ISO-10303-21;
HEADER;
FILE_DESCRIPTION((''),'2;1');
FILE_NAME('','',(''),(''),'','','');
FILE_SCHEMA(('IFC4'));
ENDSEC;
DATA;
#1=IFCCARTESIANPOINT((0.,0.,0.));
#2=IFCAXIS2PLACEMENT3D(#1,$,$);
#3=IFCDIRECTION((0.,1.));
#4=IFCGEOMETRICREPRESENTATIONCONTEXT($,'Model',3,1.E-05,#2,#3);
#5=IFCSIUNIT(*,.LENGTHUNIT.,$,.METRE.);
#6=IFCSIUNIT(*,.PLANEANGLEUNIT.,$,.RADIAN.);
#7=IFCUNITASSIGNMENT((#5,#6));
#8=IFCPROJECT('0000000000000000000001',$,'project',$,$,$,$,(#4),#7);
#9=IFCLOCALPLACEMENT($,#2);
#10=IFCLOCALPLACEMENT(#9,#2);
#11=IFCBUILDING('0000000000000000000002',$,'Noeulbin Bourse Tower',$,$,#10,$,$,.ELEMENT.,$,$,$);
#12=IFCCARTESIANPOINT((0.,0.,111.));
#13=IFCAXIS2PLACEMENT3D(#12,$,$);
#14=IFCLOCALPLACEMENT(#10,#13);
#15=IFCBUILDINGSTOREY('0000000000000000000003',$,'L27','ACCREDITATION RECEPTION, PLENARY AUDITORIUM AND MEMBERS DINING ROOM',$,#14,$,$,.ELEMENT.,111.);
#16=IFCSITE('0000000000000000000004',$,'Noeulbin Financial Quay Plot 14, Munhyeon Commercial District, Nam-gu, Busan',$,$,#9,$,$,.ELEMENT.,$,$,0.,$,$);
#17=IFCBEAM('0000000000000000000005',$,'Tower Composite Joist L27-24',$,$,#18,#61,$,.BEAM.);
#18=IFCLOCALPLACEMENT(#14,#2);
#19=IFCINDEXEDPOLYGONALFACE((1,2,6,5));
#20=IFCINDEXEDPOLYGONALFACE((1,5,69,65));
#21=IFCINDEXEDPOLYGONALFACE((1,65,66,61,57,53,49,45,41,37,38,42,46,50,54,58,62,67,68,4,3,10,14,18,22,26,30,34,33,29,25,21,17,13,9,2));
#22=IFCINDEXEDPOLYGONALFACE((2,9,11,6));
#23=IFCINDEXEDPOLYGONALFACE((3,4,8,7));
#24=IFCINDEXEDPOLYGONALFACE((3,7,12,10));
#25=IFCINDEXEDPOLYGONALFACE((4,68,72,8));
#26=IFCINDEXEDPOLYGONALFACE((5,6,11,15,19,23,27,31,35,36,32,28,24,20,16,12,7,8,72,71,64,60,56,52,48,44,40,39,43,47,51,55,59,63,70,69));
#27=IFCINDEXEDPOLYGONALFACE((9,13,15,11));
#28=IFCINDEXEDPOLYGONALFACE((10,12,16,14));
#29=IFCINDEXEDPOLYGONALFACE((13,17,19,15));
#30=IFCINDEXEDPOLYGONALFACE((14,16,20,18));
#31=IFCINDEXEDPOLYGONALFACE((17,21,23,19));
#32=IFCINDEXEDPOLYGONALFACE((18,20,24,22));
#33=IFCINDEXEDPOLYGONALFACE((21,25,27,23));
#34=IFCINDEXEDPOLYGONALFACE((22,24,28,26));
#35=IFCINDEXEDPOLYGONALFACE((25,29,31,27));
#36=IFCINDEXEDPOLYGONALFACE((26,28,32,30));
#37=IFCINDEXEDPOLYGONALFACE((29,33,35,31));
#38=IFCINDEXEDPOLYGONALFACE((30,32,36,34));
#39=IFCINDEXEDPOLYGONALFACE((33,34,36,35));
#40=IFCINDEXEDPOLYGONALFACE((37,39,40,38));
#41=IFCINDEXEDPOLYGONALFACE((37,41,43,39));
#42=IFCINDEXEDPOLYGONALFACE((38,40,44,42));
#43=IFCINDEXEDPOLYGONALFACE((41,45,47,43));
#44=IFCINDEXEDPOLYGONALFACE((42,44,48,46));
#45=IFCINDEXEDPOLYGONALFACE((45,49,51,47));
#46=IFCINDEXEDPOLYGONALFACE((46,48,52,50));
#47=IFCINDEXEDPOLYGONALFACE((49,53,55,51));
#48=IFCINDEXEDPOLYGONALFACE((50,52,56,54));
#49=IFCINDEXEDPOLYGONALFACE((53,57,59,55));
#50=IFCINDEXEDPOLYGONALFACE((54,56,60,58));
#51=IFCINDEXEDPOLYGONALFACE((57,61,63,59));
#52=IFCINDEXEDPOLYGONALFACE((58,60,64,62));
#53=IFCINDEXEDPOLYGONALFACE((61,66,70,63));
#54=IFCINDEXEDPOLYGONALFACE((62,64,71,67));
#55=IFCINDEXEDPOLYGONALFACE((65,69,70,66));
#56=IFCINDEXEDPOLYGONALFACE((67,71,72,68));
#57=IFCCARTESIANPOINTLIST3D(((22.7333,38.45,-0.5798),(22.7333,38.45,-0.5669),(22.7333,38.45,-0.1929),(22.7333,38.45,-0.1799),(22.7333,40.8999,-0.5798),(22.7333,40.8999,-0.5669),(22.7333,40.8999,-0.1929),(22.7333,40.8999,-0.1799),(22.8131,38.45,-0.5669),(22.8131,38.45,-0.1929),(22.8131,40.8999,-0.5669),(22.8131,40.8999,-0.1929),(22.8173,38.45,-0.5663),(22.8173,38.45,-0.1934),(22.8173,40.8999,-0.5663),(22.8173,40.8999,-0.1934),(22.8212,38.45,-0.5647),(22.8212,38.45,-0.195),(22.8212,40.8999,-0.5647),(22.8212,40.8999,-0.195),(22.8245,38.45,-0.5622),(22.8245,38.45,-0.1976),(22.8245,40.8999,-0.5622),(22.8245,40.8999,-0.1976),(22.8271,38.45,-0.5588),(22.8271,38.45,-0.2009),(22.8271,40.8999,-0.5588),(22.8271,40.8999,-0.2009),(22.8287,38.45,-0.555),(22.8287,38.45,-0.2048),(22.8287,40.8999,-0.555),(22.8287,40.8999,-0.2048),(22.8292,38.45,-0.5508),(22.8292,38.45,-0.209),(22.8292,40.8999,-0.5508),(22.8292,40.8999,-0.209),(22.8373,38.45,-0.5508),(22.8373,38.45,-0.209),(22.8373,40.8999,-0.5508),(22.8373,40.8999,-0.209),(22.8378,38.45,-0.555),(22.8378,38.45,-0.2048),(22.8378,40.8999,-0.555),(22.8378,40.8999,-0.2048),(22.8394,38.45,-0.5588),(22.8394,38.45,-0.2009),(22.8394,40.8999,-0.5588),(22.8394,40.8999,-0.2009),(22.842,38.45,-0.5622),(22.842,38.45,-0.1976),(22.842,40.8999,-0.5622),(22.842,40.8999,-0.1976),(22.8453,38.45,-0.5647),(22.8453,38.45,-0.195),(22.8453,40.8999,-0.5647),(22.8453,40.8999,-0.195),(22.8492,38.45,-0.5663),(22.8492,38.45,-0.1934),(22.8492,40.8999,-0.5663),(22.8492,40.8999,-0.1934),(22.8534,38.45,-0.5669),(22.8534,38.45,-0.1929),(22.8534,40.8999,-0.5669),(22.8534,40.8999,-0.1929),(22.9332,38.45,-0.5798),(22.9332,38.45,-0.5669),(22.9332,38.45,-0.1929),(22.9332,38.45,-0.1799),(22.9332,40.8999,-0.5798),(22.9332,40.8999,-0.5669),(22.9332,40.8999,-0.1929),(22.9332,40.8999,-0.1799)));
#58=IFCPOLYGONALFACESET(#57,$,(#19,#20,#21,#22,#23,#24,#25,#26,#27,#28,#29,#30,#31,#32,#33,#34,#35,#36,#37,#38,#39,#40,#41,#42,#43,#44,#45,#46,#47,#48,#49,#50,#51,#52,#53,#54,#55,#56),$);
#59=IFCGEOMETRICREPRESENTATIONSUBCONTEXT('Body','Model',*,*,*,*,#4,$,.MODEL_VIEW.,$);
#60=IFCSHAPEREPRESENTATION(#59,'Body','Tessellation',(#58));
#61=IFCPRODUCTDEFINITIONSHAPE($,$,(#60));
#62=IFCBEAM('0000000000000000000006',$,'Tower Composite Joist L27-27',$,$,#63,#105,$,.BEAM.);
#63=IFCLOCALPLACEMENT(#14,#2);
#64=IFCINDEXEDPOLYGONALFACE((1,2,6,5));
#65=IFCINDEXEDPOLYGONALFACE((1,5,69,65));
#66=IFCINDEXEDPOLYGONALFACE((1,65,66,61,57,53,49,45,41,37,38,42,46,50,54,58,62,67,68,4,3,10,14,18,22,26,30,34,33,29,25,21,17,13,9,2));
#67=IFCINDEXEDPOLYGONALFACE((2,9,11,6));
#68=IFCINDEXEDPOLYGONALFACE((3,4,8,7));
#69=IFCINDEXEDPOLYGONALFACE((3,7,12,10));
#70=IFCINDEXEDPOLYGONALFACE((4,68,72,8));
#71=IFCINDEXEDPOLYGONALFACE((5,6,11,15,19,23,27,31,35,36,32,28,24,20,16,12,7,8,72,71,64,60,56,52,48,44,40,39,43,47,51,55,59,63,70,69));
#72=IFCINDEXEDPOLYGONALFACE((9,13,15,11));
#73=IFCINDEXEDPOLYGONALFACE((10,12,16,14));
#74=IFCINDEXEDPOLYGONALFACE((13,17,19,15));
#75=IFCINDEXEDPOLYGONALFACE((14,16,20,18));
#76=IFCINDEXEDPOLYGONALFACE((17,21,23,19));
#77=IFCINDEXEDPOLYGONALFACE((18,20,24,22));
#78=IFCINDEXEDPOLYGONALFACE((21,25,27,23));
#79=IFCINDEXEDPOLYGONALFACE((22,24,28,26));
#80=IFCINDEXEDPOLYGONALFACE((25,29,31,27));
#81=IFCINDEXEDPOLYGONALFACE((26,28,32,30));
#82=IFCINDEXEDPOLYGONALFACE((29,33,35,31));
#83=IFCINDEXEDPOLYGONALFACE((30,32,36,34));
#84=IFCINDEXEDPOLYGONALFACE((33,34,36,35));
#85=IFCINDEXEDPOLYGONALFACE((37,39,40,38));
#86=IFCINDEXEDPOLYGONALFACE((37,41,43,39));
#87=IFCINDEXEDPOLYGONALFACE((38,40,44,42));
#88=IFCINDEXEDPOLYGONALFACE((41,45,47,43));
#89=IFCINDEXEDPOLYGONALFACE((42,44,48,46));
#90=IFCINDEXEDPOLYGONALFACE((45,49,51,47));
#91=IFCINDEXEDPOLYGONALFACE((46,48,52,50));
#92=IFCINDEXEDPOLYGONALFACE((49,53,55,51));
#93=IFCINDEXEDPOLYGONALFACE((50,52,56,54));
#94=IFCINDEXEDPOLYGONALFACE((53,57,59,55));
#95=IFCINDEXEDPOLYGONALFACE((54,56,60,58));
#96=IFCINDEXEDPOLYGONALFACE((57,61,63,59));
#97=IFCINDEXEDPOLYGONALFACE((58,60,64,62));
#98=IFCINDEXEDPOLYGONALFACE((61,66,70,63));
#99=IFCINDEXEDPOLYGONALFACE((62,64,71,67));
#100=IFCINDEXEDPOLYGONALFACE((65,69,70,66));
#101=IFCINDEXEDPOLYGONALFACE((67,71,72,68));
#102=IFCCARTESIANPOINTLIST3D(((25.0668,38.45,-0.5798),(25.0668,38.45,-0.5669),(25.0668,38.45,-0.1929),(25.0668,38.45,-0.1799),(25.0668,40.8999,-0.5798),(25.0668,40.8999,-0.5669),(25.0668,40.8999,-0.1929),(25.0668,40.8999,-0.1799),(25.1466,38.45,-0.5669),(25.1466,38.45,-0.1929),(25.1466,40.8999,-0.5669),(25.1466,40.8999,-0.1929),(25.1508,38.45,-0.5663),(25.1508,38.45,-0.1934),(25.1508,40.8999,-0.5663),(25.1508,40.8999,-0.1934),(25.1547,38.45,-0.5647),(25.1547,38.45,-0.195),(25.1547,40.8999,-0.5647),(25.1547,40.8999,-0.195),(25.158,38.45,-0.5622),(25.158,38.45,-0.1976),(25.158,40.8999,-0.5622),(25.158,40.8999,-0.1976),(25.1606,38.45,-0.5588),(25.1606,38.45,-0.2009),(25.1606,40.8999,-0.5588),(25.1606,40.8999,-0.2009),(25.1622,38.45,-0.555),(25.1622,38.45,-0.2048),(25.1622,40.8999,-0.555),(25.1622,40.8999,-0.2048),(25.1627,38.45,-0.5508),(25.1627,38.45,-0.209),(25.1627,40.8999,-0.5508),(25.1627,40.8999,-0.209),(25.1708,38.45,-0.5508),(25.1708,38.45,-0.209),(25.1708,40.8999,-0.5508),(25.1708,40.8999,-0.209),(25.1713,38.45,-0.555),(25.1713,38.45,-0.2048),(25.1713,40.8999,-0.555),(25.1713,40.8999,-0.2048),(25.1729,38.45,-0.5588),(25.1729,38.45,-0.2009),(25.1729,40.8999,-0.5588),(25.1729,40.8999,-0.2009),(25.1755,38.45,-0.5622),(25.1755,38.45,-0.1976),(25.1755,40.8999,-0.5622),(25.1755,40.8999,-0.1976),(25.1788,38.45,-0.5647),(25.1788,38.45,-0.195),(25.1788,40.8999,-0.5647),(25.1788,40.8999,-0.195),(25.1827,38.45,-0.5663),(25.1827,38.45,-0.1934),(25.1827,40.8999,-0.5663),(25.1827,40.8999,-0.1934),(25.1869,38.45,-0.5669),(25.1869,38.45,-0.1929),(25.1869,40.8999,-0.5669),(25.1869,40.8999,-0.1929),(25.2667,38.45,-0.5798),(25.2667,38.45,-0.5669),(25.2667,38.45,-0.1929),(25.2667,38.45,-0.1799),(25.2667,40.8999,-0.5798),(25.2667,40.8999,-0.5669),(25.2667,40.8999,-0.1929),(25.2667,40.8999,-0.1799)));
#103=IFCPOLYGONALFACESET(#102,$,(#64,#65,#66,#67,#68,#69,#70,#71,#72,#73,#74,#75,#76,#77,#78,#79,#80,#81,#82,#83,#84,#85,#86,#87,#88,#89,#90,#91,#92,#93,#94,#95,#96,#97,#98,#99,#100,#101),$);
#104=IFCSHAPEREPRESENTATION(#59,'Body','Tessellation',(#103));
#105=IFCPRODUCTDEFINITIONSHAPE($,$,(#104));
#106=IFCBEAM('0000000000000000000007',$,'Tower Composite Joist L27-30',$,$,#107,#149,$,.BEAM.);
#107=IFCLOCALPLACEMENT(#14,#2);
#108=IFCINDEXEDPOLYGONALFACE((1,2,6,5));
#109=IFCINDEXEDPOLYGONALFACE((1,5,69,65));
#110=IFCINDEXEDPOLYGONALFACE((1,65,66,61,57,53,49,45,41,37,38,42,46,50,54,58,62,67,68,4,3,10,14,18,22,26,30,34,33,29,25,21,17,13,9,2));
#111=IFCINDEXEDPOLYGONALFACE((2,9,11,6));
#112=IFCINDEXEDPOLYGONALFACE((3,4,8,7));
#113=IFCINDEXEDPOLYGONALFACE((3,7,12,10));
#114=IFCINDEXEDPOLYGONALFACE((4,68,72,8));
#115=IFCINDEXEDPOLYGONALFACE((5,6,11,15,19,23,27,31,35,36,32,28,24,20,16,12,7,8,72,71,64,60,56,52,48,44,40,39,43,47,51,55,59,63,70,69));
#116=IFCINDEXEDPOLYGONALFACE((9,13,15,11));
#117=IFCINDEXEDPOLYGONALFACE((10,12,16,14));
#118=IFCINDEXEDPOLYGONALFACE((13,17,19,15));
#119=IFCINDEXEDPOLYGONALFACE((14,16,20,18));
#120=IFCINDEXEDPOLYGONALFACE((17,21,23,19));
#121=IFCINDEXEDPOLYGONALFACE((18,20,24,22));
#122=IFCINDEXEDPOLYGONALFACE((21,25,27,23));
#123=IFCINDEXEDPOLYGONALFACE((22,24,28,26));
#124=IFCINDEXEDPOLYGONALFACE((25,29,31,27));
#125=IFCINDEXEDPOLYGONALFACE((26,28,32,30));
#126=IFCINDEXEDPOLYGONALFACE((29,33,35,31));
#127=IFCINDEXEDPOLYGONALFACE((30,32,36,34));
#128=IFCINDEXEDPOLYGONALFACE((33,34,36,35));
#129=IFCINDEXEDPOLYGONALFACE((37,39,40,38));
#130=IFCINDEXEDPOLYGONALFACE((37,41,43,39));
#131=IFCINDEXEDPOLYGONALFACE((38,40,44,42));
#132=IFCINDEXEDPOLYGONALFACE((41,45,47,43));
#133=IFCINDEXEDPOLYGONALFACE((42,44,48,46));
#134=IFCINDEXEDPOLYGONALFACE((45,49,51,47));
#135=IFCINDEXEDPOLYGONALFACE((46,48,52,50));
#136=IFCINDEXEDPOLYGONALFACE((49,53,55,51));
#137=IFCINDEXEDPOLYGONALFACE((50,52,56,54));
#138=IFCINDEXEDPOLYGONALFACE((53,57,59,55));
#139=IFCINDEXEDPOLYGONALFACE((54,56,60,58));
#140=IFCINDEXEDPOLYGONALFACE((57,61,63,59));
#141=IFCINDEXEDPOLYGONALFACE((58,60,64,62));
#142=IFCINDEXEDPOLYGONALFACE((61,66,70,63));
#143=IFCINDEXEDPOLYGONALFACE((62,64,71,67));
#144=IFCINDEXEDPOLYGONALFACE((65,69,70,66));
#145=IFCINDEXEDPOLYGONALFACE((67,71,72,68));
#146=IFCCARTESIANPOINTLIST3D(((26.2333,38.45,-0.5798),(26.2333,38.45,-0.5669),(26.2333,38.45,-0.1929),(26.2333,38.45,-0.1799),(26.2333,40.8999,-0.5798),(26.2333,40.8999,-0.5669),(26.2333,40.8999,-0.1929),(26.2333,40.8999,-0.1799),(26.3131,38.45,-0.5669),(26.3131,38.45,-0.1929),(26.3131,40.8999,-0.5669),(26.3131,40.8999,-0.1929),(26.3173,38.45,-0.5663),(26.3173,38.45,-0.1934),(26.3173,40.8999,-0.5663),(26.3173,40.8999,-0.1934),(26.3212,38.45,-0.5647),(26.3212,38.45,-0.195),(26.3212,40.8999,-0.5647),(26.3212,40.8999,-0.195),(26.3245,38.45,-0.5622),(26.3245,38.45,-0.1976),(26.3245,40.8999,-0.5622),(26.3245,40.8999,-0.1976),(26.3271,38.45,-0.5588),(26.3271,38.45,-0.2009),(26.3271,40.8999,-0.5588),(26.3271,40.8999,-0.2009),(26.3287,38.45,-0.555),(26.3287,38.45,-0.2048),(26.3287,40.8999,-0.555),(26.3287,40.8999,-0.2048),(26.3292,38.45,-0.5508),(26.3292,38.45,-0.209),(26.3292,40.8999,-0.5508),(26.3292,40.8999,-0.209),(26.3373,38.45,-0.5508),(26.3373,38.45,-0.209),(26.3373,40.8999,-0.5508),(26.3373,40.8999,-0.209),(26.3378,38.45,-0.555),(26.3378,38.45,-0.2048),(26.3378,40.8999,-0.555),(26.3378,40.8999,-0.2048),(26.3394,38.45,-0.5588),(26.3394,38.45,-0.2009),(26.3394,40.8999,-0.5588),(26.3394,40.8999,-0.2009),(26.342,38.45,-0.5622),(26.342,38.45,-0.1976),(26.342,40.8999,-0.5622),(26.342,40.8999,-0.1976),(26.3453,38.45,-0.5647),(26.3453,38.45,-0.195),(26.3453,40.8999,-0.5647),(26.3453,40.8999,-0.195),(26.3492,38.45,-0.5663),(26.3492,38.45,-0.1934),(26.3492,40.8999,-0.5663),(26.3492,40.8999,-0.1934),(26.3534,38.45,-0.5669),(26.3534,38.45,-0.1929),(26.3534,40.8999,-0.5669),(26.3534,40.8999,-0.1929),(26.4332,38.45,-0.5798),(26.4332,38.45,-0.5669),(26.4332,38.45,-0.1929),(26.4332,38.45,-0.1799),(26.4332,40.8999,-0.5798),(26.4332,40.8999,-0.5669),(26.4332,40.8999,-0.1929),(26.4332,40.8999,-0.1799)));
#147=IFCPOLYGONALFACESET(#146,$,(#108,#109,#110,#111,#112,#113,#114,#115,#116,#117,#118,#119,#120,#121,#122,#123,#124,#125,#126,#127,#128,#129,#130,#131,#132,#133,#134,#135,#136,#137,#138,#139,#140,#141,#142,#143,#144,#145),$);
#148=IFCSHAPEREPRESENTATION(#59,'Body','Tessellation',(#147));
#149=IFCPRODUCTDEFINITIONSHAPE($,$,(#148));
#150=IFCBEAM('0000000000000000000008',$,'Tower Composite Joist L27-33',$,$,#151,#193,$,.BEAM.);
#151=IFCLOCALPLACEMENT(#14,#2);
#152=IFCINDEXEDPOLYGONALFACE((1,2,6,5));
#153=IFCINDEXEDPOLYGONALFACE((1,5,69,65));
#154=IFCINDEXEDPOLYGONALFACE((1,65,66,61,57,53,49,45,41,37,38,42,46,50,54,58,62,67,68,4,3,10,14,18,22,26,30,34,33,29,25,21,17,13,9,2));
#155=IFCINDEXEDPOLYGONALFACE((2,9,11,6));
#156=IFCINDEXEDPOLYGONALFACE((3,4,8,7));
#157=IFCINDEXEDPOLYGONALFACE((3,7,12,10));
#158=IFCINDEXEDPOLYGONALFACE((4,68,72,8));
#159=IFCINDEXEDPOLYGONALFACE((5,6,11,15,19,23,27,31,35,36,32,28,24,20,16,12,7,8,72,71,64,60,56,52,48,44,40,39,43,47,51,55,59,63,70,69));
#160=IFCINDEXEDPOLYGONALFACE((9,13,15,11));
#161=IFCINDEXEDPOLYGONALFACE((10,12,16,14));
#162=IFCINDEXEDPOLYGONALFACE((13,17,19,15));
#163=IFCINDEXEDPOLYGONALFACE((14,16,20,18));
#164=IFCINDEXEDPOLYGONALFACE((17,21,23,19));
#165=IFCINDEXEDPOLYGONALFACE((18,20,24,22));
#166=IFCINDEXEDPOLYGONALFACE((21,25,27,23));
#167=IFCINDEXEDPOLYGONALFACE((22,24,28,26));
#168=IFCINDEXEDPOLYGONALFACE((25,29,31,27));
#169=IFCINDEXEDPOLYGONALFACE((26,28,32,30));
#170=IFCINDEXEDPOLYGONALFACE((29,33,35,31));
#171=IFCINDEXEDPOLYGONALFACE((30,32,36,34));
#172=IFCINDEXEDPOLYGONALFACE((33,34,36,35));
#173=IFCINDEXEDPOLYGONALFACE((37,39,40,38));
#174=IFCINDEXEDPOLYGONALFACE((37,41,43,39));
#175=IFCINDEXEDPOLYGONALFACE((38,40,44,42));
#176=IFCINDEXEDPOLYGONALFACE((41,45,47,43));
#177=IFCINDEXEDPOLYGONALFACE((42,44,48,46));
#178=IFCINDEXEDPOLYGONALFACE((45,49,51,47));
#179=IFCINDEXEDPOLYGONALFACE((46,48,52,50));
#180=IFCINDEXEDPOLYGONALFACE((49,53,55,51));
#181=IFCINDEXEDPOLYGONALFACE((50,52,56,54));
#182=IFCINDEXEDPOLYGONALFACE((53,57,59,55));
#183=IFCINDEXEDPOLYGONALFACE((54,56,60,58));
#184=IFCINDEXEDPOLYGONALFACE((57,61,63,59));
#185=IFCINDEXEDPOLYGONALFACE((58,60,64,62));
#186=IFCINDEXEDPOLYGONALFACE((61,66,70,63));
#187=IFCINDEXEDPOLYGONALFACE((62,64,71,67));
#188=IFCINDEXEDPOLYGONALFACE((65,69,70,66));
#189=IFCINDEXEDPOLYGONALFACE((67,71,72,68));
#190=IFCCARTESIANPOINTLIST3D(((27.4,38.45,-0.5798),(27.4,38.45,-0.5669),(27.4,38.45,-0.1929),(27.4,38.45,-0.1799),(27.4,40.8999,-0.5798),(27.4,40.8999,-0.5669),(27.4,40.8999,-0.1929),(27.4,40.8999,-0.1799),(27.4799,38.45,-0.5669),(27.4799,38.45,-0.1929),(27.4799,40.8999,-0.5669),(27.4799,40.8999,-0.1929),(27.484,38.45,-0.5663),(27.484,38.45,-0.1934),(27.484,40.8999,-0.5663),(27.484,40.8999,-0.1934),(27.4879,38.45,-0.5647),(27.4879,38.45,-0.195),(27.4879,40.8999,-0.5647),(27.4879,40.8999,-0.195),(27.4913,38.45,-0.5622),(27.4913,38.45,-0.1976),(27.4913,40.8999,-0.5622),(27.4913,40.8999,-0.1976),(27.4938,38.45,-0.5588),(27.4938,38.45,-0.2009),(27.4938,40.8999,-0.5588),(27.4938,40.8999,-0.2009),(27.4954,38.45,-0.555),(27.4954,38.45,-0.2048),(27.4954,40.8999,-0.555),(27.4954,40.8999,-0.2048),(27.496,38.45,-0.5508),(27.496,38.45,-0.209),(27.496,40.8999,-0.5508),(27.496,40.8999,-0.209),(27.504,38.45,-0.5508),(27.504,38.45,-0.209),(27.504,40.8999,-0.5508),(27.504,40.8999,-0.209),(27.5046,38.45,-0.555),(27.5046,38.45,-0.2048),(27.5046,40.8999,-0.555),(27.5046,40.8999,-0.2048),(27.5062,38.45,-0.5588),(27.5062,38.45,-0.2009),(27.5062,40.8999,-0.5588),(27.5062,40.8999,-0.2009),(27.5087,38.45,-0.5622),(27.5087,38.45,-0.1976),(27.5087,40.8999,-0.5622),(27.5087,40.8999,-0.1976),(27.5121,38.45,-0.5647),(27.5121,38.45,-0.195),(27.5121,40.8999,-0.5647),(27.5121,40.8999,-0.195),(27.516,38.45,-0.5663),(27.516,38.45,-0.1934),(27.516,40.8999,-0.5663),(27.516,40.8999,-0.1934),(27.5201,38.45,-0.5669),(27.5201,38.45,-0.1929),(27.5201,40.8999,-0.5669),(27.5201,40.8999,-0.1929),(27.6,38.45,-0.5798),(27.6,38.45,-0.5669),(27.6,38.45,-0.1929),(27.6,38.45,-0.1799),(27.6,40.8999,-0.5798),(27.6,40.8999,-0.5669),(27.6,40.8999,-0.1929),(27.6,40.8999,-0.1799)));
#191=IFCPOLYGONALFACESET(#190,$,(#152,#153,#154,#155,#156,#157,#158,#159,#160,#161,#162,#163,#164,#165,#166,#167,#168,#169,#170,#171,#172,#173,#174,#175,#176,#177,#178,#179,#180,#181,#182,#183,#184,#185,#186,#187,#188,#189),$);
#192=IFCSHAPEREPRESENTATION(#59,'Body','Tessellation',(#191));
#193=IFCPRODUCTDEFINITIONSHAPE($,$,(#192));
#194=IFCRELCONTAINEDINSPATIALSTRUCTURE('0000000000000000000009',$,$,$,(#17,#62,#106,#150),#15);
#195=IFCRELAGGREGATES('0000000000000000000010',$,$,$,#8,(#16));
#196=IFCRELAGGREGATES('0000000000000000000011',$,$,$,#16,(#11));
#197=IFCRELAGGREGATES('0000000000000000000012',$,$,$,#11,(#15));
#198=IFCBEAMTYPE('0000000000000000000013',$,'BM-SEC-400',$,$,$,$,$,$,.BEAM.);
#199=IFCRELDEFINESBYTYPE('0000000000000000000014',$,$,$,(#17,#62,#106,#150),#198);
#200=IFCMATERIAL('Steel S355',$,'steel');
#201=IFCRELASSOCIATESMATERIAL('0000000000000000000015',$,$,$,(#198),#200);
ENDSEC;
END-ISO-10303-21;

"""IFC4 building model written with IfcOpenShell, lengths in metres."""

from ifc_helpers import new_model, si_unit, direction, frame, origin, origin_2d, place, context, subcontext, project, spatial, i_section, extrude, material, material_profile, profile_set, type_object, element, save


model = new_model("IFC4")

# Units and contexts
model_context = context("Model", 3, precision=1e-05, world=origin(), true_north=direction((0.0, 1.0)))
body_context = subcontext(model_context, "Body", "Model", "MODEL_VIEW")
ifc_project = project(units=[si_unit("LENGTHUNIT", "METRE"), si_unit("PLANEANGLEUNIT", "RADIAN")], contexts=[model_context])

# Site, building, storey
site_placement = place(None, origin())
site = spatial("IfcSite", under=ifc_project, at=site_placement, Name="Noeulbin Financial Quay Plot 14, Munhyeon Commercial District, Nam-gu, Busan", CompositionType="ELEMENT", RefElevation=0.0)
building_placement = place(site_placement, origin())
building = spatial("IfcBuilding", under=site, at=building_placement, Name="Noeulbin Bourse Tower", CompositionType="ELEMENT")
storey_placement = place(building_placement, frame((0.0, 0.0, 111.0)))
storey = spatial("IfcBuildingStorey", under=building, at=storey_placement, Name="L27", Description="ACCREDITATION RECEPTION, PLENARY AUDITORIUM AND MEMBERS DINING ROOM", CompositionType="ELEMENT", Elevation=111.0)

# Shared definitions
ifc_material_1 = material(Name="Steel S355", Category="steel")

# Beams
ifc_material_profile_1 = material_profile(ifc_material_1, i_section(OverallWidth=0.2, OverallDepth=0.3999, WebThickness=0.0081, FlangeThickness=0.0129, FilletRadius=0.0161, at=origin_2d()), Name="H-400x200x8x13", Category="LoadBearing")
ifc_profile_set_1 = profile_set([ifc_material_profile_1], Name="Steel S355")
beam_type_1 = type_object("IfcBeamType", Name="BM-SEC-400", PredefinedType="BEAM", material=ifc_profile_set_1)
for number, where, z_axis, x_axis, name in (
    (1, (22.8333, 38.45, -0.3799), (0.0, 1.0, 0.0), (-1.0, 0.0, 0.0), "Tower Composite Joist L27-24"),
    (2, (25.1667, 38.45, -0.3799), (0.0, 1.0, 0.0), (-1.0, 0.0, 0.0), "Tower Composite Joist L27-27"),
    (3, (26.3333, 38.45, -0.3799), (0.0, 1.0, 0.0), (-1.0, 0.0, 0.0), "Tower Composite Joist L27-30"),
    (4, (27.5, 38.45, -0.3799), (0.0, 1.0, 0.0), (-1.0, 0.0, 0.0), "Tower Composite Joist L27-33"),
):
    element("IfcBeam", number, at=place(storey_placement, frame(where, z_axis=z_axis, x_axis=x_axis)), inside=storey, type_object=beam_type_1, Name=name, PredefinedType="BEAM", context=body_context, shape_type="SweptSolid", body=[
        extrude(i_section(OverallWidth=0.2, OverallDepth=0.3999, WebThickness=0.0081, FlangeThickness=0.0129, FilletRadius=0.0161, at=origin_2d()), origin(), (0.0, 0.0, 1.0), 2.45),
    ])

save(model, "model.ifc")
